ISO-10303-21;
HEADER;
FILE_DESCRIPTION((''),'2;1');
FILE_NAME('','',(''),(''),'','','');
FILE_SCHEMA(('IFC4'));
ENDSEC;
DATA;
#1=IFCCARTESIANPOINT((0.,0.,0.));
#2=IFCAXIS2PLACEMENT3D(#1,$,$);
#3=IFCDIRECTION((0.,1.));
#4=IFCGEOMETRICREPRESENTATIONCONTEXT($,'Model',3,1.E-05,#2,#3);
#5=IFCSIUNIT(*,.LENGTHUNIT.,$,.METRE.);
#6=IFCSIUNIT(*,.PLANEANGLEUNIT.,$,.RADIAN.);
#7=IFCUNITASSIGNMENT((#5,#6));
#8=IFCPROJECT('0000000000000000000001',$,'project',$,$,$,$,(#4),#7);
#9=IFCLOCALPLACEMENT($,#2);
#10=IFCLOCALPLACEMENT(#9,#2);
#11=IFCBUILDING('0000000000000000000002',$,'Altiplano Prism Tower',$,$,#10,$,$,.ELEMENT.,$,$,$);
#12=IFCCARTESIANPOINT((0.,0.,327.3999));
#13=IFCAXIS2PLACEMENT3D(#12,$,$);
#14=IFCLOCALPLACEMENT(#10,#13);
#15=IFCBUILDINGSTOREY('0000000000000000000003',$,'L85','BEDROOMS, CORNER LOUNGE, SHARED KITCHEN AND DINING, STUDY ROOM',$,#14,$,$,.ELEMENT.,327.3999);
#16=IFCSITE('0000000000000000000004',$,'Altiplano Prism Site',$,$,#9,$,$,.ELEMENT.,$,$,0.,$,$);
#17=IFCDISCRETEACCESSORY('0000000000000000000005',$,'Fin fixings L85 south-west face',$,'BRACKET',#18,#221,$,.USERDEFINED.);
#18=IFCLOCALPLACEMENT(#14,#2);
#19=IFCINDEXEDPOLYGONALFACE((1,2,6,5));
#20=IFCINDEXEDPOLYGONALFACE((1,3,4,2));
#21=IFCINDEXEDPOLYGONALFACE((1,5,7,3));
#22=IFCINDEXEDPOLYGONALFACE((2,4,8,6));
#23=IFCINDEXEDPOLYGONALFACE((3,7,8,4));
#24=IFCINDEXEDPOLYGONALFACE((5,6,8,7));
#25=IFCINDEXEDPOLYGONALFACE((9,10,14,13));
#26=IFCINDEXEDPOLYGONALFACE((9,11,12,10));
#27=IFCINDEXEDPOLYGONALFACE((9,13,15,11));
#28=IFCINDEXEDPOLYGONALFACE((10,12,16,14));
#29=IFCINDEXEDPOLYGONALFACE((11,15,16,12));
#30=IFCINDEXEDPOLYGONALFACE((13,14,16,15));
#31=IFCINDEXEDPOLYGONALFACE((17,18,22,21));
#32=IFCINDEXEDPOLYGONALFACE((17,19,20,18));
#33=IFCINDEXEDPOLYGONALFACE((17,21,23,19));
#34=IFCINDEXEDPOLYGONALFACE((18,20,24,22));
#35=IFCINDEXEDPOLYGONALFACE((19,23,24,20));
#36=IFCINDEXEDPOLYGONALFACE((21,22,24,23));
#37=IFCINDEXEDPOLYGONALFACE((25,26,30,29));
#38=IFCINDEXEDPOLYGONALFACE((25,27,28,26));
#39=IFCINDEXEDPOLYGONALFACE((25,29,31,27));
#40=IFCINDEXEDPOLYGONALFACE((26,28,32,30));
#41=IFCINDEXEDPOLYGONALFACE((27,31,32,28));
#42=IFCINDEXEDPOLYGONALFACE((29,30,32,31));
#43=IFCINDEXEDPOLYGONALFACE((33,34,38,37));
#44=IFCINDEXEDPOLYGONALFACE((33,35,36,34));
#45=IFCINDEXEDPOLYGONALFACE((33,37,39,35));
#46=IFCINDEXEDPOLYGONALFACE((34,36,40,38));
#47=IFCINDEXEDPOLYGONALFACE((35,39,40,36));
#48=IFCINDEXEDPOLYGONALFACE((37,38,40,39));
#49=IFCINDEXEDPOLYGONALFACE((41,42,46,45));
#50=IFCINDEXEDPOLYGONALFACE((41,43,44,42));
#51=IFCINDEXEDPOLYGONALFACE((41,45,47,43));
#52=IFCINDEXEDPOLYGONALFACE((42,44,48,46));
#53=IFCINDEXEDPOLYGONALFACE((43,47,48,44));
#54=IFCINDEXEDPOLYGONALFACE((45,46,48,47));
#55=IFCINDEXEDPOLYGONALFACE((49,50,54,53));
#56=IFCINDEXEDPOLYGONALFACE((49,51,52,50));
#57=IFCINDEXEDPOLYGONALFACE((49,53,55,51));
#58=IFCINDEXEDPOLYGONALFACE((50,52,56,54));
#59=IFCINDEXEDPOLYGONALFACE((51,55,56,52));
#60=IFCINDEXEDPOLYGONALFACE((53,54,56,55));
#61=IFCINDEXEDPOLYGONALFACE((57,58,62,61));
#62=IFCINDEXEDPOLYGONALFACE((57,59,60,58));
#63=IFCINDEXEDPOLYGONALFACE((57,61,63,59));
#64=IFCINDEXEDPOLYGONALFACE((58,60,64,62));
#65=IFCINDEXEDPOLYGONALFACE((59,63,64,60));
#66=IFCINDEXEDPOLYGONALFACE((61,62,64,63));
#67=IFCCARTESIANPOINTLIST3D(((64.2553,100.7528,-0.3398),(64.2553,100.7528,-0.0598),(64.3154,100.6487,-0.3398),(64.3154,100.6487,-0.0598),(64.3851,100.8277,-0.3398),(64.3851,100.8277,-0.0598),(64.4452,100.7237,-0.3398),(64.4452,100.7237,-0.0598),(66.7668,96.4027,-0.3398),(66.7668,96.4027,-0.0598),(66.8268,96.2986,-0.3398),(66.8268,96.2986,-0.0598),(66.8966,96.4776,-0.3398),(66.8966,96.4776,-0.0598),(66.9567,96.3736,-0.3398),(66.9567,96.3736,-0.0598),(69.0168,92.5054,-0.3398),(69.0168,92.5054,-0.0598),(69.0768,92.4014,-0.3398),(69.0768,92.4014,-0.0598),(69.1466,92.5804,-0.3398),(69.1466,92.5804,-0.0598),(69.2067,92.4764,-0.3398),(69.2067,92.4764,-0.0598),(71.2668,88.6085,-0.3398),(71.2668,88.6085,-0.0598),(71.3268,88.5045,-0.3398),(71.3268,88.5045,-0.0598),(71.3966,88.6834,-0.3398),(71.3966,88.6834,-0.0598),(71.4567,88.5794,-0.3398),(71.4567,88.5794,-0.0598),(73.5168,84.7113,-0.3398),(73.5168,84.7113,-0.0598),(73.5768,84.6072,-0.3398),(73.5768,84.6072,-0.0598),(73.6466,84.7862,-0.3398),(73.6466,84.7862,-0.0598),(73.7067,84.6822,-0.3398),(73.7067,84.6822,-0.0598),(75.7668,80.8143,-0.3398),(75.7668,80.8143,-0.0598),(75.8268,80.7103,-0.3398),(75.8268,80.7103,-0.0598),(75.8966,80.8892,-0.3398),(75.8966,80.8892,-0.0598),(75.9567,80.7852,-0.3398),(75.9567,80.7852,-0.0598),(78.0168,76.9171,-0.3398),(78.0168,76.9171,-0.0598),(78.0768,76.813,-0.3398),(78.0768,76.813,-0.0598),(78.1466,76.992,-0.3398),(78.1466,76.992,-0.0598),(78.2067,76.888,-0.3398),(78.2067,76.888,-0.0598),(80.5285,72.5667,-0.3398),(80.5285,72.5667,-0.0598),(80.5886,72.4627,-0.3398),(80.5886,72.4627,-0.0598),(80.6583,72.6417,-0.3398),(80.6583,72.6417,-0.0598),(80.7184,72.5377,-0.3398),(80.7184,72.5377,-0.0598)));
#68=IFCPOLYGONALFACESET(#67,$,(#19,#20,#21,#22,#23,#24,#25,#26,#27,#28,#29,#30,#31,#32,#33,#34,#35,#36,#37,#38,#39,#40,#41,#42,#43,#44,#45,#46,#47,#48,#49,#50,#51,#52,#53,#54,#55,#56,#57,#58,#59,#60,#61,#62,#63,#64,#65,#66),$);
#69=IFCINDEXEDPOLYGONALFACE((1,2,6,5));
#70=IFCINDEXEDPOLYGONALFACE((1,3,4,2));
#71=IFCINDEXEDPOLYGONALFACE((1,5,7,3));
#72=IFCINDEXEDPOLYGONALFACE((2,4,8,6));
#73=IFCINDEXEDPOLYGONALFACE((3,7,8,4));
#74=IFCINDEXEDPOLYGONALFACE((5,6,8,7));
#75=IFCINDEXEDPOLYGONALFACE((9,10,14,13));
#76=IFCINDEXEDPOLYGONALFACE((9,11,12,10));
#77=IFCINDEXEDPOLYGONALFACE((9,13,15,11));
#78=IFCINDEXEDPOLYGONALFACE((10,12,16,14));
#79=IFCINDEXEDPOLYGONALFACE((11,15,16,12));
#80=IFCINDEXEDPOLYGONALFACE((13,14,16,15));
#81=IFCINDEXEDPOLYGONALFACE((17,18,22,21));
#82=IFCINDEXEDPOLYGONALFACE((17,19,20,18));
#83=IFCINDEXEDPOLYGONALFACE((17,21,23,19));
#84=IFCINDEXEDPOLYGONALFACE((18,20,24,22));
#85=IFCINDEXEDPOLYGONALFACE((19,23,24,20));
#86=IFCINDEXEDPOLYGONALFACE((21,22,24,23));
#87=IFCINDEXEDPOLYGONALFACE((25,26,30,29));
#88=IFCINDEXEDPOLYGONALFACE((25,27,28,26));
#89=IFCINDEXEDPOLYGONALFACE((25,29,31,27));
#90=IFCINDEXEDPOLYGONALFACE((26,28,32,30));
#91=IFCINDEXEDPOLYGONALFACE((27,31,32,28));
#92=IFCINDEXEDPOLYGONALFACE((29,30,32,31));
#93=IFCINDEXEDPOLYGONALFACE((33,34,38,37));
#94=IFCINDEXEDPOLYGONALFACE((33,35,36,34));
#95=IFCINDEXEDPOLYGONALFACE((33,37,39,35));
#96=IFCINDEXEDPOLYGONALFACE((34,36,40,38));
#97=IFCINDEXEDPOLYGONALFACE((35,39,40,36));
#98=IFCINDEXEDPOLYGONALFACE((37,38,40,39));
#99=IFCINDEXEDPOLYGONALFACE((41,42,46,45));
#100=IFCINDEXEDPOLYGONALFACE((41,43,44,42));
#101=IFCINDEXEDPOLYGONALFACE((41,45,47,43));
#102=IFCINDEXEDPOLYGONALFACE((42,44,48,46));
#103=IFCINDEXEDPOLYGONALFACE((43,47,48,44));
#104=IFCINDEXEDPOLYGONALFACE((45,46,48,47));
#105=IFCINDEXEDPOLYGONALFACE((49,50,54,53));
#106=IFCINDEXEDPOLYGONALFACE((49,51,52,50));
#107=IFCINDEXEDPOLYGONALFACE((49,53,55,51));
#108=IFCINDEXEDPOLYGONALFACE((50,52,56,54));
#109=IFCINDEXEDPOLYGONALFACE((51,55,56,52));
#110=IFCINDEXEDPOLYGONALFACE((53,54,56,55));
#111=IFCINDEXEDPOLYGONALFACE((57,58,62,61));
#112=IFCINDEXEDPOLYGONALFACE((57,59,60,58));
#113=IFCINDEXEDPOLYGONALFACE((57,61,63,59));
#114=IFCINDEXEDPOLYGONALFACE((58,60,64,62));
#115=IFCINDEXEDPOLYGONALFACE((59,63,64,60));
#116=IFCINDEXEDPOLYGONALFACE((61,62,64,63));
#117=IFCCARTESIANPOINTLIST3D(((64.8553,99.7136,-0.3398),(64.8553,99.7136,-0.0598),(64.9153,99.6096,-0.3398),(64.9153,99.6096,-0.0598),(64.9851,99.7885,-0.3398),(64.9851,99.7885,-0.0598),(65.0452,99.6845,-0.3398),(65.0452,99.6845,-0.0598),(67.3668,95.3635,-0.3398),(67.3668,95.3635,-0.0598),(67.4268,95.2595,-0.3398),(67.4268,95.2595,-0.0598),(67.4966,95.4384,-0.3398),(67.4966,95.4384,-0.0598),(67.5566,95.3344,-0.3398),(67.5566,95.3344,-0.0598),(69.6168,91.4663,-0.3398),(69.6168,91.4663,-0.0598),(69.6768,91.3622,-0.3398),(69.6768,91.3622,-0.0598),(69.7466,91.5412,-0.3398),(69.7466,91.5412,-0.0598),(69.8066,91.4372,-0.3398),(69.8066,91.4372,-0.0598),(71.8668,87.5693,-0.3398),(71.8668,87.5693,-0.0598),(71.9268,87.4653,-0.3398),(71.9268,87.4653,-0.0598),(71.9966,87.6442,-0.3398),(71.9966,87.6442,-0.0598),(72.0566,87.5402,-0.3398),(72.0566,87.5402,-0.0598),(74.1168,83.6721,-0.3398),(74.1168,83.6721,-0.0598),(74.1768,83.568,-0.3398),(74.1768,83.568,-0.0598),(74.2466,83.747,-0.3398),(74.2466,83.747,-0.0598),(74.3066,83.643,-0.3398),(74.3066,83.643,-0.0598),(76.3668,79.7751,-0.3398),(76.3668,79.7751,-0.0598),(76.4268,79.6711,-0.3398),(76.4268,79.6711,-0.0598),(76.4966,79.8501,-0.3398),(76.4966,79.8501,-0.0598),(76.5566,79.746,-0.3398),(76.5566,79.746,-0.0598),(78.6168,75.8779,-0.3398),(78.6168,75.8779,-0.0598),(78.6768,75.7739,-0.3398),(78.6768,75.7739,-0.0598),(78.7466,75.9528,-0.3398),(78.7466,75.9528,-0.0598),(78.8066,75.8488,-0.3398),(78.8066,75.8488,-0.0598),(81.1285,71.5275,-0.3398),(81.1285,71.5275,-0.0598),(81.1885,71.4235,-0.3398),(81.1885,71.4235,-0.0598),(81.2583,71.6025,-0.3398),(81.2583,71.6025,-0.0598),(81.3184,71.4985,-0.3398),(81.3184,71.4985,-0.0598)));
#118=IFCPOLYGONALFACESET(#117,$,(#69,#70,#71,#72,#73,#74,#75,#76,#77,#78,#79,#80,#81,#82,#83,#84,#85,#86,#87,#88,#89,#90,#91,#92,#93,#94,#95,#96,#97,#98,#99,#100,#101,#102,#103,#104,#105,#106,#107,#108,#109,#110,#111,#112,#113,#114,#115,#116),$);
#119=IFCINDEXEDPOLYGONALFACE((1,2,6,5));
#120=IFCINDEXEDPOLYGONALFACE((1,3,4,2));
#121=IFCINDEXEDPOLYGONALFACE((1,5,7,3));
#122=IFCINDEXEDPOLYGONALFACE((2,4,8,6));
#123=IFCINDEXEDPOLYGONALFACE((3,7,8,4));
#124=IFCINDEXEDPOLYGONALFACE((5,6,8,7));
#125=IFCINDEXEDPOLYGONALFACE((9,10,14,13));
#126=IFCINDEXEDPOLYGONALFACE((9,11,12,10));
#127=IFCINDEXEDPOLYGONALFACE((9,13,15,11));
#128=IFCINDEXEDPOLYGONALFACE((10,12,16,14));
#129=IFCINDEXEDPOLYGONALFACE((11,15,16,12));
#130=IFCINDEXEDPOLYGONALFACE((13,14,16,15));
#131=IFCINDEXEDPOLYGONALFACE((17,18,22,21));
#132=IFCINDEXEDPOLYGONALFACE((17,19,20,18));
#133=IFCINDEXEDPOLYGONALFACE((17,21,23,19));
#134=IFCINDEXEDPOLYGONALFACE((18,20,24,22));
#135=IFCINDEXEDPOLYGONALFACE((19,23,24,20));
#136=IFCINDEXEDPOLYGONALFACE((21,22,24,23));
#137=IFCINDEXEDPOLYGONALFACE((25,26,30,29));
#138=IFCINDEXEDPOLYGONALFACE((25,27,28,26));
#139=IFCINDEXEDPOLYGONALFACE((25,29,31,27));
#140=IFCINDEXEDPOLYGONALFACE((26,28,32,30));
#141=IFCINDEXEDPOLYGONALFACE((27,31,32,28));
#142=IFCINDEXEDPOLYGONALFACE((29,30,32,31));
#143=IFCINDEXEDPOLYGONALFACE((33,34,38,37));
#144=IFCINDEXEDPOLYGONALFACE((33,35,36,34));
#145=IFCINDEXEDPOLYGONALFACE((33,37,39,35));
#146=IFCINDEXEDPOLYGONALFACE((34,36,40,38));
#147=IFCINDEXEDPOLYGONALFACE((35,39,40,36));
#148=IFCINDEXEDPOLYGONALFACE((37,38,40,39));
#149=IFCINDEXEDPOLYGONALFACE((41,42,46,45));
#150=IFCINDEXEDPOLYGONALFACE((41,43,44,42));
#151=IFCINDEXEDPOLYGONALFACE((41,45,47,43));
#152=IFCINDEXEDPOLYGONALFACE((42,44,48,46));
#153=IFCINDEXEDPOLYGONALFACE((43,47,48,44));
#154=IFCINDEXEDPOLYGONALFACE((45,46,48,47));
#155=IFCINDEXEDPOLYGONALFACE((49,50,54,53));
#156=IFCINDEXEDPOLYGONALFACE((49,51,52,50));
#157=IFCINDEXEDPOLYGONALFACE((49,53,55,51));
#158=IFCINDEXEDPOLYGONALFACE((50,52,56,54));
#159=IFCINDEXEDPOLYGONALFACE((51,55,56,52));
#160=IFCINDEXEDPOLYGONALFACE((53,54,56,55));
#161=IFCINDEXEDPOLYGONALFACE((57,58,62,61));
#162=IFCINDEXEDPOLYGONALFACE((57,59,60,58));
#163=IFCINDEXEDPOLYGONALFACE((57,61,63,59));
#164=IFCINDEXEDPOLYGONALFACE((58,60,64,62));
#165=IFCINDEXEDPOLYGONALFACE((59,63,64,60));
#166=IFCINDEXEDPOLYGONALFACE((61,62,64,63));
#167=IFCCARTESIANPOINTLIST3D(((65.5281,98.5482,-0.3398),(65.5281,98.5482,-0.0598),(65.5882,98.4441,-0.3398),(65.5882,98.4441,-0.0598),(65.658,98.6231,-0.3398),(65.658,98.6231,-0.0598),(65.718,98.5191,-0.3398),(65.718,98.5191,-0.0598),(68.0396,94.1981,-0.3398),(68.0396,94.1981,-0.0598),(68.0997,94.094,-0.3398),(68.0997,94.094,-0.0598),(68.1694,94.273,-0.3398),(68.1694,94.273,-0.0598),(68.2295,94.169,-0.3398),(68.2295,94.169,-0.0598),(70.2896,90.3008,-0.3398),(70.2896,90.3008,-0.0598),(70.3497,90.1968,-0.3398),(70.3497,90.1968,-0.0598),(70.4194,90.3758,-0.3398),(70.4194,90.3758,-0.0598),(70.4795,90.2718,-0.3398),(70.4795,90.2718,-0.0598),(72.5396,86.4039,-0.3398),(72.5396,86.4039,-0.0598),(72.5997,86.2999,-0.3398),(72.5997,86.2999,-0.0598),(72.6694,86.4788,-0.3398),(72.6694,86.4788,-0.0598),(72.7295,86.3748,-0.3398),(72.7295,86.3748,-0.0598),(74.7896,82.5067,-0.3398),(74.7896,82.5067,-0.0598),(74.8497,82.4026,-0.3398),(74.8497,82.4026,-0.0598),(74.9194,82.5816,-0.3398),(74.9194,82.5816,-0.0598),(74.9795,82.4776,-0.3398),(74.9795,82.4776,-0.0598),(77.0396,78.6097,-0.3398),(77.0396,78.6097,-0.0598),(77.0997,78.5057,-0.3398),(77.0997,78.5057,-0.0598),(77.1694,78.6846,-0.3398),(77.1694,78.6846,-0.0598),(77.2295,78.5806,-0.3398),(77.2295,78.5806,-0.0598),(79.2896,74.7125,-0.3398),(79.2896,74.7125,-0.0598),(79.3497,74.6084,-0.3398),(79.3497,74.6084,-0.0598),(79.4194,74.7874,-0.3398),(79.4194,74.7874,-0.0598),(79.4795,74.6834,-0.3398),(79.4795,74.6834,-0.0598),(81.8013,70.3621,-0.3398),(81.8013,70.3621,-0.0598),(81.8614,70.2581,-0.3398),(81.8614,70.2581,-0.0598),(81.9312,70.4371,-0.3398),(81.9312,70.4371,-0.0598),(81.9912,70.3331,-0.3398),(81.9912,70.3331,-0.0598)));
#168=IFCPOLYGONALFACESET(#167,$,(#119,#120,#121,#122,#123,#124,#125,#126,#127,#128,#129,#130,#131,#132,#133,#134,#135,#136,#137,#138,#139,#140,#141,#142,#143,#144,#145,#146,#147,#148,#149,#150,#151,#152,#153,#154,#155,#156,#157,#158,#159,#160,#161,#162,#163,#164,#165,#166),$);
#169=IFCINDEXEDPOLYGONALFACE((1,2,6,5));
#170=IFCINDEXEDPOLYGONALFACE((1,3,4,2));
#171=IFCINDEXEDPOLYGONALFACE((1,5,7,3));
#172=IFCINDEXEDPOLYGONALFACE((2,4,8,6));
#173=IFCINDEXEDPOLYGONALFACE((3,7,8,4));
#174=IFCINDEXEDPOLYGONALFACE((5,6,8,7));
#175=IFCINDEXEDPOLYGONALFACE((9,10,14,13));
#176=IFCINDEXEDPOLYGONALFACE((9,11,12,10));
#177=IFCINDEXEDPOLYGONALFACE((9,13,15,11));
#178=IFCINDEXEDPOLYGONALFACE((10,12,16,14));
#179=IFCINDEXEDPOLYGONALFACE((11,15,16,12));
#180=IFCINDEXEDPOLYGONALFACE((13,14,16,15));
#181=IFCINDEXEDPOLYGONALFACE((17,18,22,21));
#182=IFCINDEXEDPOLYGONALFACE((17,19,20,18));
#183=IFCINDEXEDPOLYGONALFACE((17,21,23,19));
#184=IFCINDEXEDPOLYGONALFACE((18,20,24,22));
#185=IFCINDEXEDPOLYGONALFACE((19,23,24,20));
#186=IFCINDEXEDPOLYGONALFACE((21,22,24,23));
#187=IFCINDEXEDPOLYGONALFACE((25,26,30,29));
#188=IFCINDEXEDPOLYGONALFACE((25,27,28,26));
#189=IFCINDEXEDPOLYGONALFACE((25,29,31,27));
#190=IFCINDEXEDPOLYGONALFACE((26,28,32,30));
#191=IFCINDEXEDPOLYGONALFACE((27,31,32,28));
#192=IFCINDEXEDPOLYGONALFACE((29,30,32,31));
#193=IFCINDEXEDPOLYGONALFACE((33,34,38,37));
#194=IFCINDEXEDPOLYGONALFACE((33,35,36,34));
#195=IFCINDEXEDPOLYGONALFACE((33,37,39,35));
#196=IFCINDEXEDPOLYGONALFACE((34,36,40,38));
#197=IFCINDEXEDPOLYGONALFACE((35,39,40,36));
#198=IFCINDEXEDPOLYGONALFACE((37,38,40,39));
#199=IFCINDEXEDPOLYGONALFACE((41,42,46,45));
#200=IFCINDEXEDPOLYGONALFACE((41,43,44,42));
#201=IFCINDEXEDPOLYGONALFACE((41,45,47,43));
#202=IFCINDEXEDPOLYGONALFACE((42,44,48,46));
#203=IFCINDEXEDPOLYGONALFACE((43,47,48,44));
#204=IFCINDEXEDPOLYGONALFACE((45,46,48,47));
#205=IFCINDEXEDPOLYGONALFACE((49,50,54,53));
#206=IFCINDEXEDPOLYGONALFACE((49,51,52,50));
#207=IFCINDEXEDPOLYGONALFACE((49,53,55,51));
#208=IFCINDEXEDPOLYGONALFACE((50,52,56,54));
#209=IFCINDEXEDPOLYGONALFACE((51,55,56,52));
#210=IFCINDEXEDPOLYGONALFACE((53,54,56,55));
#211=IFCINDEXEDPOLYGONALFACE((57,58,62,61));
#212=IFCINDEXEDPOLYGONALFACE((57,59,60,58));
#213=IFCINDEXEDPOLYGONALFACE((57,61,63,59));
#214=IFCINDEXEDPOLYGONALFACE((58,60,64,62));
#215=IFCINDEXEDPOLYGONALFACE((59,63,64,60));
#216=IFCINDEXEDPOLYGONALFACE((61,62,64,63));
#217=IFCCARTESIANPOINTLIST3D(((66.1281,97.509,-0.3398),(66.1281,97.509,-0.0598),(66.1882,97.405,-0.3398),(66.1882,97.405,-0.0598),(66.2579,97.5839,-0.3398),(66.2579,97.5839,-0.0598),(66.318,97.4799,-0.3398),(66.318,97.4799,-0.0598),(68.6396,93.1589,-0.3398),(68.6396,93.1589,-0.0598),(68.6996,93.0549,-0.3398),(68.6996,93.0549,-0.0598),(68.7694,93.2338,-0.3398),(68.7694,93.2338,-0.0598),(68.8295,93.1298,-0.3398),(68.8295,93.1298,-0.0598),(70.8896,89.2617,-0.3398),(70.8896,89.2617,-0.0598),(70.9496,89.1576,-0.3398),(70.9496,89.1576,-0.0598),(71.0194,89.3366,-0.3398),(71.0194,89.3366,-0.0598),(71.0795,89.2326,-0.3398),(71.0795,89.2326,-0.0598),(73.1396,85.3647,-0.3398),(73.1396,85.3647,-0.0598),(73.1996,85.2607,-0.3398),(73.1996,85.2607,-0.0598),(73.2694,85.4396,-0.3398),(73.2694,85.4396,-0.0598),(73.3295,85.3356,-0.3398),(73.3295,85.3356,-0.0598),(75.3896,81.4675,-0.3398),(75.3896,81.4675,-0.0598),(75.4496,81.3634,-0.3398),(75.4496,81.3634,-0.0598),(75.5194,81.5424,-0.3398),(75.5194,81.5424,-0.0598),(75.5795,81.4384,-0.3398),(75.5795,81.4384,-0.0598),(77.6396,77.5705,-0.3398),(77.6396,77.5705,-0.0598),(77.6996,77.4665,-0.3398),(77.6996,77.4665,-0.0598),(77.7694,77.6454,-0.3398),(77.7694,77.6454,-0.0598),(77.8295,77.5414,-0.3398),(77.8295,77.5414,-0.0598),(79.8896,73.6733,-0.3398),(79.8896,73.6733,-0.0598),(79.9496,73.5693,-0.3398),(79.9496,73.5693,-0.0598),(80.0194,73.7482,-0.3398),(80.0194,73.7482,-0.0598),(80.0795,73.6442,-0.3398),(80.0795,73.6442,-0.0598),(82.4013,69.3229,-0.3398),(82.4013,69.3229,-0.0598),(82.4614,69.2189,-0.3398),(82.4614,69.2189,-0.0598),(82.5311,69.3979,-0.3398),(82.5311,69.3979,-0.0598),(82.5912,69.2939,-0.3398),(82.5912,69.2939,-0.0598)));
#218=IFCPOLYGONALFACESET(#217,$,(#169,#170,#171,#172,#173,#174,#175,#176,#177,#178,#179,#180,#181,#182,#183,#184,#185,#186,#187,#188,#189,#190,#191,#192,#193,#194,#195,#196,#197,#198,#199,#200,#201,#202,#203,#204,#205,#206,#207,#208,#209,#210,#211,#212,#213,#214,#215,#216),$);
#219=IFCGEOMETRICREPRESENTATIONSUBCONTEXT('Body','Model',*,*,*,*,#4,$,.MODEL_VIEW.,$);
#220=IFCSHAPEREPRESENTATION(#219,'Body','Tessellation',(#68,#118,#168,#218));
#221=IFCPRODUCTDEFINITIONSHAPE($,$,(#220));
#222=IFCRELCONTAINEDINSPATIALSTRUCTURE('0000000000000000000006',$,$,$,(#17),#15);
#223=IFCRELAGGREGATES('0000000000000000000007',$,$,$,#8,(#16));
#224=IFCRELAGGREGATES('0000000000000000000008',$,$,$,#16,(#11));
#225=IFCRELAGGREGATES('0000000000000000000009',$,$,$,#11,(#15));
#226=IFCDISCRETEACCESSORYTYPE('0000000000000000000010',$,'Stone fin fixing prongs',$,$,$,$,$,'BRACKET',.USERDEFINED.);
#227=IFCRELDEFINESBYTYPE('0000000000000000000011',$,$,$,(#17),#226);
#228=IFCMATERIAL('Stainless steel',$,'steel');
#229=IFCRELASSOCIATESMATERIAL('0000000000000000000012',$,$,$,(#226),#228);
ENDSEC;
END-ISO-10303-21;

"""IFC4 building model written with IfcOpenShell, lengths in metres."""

from ifc_helpers import new_model, si_unit, direction, frame, origin, place, context, subcontext, project, spatial, polyline, outline, extrude, source, transform, mapped, material, type_object, element, save


model = new_model("IFC4")

# Units and contexts
model_context = context("Model", 3, precision=1e-05, world=origin(), true_north=direction((0.0, 1.0)))
body_context = subcontext(model_context, "Body", "Model", "MODEL_VIEW")
ifc_project = project(units=[si_unit("LENGTHUNIT", "METRE"), si_unit("PLANEANGLEUNIT", "RADIAN")], contexts=[model_context])

# Site, building, storey
site_placement = place(None, origin())
site = spatial("IfcSite", under=ifc_project, at=site_placement, Name="Altiplano Prism Site", CompositionType="ELEMENT", RefElevation=0.0)
building_placement = place(site_placement, origin())
building = spatial("IfcBuilding", under=site, at=building_placement, Name="Altiplano Prism Tower", CompositionType="ELEMENT")
storey_placement = place(building_placement, frame((0.0, 0.0, 327.3999)))
storey = spatial("IfcBuildingStorey", under=building, at=storey_placement, Name="L85", Description="BEDROOMS, CORNER LOUNGE, SHARED KITCHEN AND DINING, STUDY ROOM", CompositionType="ELEMENT", Elevation=327.3999)

# Discrete accessory
ifc_material_1 = material(Name="Stainless steel", Category="steel")
discrete_accessory_type = type_object("IfcDiscreteAccessoryType", Name="Stone fin fixing prongs", ElementType="BRACKET", PredefinedType="USERDEFINED", material=ifc_material_1)
shared_shape_1 = source(origin(), body_context, "Body", "SweptSolid", [
    extrude(outline(polyline([(-1.9329, 0.0601), (-1.8127, 0.0601), (-1.8127, 0.3401), (-1.9329, 0.3401), (-1.9329, 0.0601)])), frame((0.0, 0.0, 0.0), z_axis=(0.0, -1.0, 0.0), x_axis=(1.0, 0.0, 0.0)), (0.0, 0.0, 1.0), 0.1499),
    extrude(outline(polyline([(-0.7329, 0.0601), (-0.6128, 0.0601), (-0.6128, 0.3401), (-0.7329, 0.3401), (-0.7329, 0.0601)])), frame((0.0, 0.0, 0.0), z_axis=(0.0, -1.0, 0.0), x_axis=(1.0, 0.0, 0.0)), (0.0, 0.0, 1.0), 0.1499),
    extrude(outline(polyline([(0.6128, 0.0601), (0.7329, 0.0601), (0.7329, 0.3401), (0.6128, 0.3401), (0.6128, 0.0601)])), frame((0.0, 0.0, 0.0), z_axis=(0.0, -1.0, 0.0), x_axis=(1.0, 0.0, 0.0)), (0.0, 0.0, 1.0), 0.1499),
    extrude(outline(polyline([(1.8127, 0.0601), (1.9329, 0.0601), (1.9329, 0.3401), (1.8127, 0.3401), (1.8127, 0.0601)])), frame((0.0, 0.0, 0.0), z_axis=(0.0, -1.0, 0.0), x_axis=(1.0, 0.0, 0.0)), (0.0, 0.0, 1.0), 0.1499),
])
shared_shape_2 = source(origin(), body_context, "Body", "SweptSolid", [
    extrude(outline(polyline([(-1.9329, 0.0601), (-1.8127, 0.0601), (-1.8127, 0.3401), (-1.9329, 0.3401), (-1.9329, 0.0601)])), frame((0.0, 0.0, 0.0), z_axis=(0.0, -1.0, 0.0), x_axis=(1.0, 0.0, 0.0)), (0.0, 0.0, 1.0), 0.1499),
    extrude(outline(polyline([(-0.7329, 0.0601), (-0.6128, 0.0601), (-0.6128, 0.3401), (-0.7329, 0.3401), (-0.7329, 0.0601)])), frame((0.0, 0.0, 0.0), z_axis=(0.0, -1.0, 0.0), x_axis=(1.0, 0.0, 0.0)), (0.0, 0.0, 1.0), 0.1499),
    extrude(outline(polyline([(0.6128, 0.0601), (0.7329, 0.0601), (0.7329, 0.3401), (0.6128, 0.3401), (0.6128, 0.0601)])), frame((0.0, 0.0, 0.0), z_axis=(0.0, -1.0, 0.0), x_axis=(1.0, 0.0, 0.0)), (0.0, 0.0, 1.0), 0.1499),
    extrude(outline(polyline([(1.8127, 0.0601), (1.9329, 0.0601), (1.9329, 0.3401), (1.8127, 0.3401), (1.8127, 0.0601)])), frame((0.0, 0.0, 0.0), z_axis=(0.0, -1.0, 0.0), x_axis=(1.0, 0.0, 0.0)), (0.0, 0.0, 1.0), 0.1499),
])
discrete_accessory_1_placement = place(storey_placement, origin())
element("IfcDiscreteAccessory", 1, at=discrete_accessory_1_placement, inside=storey, type_object=discrete_accessory_type, Name="Fin fixings L85 south-west face", ObjectType="BRACKET", PredefinedType="USERDEFINED", context=body_context, shape_type="MappedRepresentation", body=[
    mapped(shared_shape_1, transform((65.3516, 99.1538, -0.3999), x_axis=(0.5, -0.866025, 0.0), y_axis=(0.866025, 0.5, 0.0), z_axis=(0.0, 0.0, 1.0))),
    mapped(shared_shape_2, transform((67.863, 94.8037, -0.3999), x_axis=(0.5, -0.866025, 0.0), y_axis=(0.866025, 0.5, 0.0), z_axis=(0.0, 0.0, 1.0))),
    mapped(shared_shape_2, transform((70.113, 90.9065, -0.3999), x_axis=(0.5, -0.866025, 0.0), y_axis=(0.866025, 0.5, 0.0), z_axis=(0.0, 0.0, 1.0))),
    mapped(shared_shape_2, transform((72.363, 87.0095, -0.3999), x_axis=(0.5, -0.866025, 0.0), y_axis=(0.866025, 0.5, 0.0), z_axis=(0.0, 0.0, 1.0))),
    mapped(shared_shape_2, transform((74.613, 83.1123, -0.3999), x_axis=(0.5, -0.866025, 0.0), y_axis=(0.866025, 0.5, 0.0), z_axis=(0.0, 0.0, 1.0))),
    mapped(shared_shape_2, transform((76.863, 79.2153, -0.3999), x_axis=(0.5, -0.866025, 0.0), y_axis=(0.866025, 0.5, 0.0), z_axis=(0.0, 0.0, 1.0))),
    mapped(shared_shape_2, transform((79.113, 75.3181, -0.3999), x_axis=(0.5, -0.866025, 0.0), y_axis=(0.866025, 0.5, 0.0), z_axis=(0.0, 0.0, 1.0))),
    mapped(shared_shape_1, transform((81.6248, 70.9678, -0.3999), x_axis=(0.5, -0.866025, 0.0), y_axis=(0.866025, 0.5, 0.0), z_axis=(0.0, 0.0, 1.0))),
])

save(model, "model.ifc")
